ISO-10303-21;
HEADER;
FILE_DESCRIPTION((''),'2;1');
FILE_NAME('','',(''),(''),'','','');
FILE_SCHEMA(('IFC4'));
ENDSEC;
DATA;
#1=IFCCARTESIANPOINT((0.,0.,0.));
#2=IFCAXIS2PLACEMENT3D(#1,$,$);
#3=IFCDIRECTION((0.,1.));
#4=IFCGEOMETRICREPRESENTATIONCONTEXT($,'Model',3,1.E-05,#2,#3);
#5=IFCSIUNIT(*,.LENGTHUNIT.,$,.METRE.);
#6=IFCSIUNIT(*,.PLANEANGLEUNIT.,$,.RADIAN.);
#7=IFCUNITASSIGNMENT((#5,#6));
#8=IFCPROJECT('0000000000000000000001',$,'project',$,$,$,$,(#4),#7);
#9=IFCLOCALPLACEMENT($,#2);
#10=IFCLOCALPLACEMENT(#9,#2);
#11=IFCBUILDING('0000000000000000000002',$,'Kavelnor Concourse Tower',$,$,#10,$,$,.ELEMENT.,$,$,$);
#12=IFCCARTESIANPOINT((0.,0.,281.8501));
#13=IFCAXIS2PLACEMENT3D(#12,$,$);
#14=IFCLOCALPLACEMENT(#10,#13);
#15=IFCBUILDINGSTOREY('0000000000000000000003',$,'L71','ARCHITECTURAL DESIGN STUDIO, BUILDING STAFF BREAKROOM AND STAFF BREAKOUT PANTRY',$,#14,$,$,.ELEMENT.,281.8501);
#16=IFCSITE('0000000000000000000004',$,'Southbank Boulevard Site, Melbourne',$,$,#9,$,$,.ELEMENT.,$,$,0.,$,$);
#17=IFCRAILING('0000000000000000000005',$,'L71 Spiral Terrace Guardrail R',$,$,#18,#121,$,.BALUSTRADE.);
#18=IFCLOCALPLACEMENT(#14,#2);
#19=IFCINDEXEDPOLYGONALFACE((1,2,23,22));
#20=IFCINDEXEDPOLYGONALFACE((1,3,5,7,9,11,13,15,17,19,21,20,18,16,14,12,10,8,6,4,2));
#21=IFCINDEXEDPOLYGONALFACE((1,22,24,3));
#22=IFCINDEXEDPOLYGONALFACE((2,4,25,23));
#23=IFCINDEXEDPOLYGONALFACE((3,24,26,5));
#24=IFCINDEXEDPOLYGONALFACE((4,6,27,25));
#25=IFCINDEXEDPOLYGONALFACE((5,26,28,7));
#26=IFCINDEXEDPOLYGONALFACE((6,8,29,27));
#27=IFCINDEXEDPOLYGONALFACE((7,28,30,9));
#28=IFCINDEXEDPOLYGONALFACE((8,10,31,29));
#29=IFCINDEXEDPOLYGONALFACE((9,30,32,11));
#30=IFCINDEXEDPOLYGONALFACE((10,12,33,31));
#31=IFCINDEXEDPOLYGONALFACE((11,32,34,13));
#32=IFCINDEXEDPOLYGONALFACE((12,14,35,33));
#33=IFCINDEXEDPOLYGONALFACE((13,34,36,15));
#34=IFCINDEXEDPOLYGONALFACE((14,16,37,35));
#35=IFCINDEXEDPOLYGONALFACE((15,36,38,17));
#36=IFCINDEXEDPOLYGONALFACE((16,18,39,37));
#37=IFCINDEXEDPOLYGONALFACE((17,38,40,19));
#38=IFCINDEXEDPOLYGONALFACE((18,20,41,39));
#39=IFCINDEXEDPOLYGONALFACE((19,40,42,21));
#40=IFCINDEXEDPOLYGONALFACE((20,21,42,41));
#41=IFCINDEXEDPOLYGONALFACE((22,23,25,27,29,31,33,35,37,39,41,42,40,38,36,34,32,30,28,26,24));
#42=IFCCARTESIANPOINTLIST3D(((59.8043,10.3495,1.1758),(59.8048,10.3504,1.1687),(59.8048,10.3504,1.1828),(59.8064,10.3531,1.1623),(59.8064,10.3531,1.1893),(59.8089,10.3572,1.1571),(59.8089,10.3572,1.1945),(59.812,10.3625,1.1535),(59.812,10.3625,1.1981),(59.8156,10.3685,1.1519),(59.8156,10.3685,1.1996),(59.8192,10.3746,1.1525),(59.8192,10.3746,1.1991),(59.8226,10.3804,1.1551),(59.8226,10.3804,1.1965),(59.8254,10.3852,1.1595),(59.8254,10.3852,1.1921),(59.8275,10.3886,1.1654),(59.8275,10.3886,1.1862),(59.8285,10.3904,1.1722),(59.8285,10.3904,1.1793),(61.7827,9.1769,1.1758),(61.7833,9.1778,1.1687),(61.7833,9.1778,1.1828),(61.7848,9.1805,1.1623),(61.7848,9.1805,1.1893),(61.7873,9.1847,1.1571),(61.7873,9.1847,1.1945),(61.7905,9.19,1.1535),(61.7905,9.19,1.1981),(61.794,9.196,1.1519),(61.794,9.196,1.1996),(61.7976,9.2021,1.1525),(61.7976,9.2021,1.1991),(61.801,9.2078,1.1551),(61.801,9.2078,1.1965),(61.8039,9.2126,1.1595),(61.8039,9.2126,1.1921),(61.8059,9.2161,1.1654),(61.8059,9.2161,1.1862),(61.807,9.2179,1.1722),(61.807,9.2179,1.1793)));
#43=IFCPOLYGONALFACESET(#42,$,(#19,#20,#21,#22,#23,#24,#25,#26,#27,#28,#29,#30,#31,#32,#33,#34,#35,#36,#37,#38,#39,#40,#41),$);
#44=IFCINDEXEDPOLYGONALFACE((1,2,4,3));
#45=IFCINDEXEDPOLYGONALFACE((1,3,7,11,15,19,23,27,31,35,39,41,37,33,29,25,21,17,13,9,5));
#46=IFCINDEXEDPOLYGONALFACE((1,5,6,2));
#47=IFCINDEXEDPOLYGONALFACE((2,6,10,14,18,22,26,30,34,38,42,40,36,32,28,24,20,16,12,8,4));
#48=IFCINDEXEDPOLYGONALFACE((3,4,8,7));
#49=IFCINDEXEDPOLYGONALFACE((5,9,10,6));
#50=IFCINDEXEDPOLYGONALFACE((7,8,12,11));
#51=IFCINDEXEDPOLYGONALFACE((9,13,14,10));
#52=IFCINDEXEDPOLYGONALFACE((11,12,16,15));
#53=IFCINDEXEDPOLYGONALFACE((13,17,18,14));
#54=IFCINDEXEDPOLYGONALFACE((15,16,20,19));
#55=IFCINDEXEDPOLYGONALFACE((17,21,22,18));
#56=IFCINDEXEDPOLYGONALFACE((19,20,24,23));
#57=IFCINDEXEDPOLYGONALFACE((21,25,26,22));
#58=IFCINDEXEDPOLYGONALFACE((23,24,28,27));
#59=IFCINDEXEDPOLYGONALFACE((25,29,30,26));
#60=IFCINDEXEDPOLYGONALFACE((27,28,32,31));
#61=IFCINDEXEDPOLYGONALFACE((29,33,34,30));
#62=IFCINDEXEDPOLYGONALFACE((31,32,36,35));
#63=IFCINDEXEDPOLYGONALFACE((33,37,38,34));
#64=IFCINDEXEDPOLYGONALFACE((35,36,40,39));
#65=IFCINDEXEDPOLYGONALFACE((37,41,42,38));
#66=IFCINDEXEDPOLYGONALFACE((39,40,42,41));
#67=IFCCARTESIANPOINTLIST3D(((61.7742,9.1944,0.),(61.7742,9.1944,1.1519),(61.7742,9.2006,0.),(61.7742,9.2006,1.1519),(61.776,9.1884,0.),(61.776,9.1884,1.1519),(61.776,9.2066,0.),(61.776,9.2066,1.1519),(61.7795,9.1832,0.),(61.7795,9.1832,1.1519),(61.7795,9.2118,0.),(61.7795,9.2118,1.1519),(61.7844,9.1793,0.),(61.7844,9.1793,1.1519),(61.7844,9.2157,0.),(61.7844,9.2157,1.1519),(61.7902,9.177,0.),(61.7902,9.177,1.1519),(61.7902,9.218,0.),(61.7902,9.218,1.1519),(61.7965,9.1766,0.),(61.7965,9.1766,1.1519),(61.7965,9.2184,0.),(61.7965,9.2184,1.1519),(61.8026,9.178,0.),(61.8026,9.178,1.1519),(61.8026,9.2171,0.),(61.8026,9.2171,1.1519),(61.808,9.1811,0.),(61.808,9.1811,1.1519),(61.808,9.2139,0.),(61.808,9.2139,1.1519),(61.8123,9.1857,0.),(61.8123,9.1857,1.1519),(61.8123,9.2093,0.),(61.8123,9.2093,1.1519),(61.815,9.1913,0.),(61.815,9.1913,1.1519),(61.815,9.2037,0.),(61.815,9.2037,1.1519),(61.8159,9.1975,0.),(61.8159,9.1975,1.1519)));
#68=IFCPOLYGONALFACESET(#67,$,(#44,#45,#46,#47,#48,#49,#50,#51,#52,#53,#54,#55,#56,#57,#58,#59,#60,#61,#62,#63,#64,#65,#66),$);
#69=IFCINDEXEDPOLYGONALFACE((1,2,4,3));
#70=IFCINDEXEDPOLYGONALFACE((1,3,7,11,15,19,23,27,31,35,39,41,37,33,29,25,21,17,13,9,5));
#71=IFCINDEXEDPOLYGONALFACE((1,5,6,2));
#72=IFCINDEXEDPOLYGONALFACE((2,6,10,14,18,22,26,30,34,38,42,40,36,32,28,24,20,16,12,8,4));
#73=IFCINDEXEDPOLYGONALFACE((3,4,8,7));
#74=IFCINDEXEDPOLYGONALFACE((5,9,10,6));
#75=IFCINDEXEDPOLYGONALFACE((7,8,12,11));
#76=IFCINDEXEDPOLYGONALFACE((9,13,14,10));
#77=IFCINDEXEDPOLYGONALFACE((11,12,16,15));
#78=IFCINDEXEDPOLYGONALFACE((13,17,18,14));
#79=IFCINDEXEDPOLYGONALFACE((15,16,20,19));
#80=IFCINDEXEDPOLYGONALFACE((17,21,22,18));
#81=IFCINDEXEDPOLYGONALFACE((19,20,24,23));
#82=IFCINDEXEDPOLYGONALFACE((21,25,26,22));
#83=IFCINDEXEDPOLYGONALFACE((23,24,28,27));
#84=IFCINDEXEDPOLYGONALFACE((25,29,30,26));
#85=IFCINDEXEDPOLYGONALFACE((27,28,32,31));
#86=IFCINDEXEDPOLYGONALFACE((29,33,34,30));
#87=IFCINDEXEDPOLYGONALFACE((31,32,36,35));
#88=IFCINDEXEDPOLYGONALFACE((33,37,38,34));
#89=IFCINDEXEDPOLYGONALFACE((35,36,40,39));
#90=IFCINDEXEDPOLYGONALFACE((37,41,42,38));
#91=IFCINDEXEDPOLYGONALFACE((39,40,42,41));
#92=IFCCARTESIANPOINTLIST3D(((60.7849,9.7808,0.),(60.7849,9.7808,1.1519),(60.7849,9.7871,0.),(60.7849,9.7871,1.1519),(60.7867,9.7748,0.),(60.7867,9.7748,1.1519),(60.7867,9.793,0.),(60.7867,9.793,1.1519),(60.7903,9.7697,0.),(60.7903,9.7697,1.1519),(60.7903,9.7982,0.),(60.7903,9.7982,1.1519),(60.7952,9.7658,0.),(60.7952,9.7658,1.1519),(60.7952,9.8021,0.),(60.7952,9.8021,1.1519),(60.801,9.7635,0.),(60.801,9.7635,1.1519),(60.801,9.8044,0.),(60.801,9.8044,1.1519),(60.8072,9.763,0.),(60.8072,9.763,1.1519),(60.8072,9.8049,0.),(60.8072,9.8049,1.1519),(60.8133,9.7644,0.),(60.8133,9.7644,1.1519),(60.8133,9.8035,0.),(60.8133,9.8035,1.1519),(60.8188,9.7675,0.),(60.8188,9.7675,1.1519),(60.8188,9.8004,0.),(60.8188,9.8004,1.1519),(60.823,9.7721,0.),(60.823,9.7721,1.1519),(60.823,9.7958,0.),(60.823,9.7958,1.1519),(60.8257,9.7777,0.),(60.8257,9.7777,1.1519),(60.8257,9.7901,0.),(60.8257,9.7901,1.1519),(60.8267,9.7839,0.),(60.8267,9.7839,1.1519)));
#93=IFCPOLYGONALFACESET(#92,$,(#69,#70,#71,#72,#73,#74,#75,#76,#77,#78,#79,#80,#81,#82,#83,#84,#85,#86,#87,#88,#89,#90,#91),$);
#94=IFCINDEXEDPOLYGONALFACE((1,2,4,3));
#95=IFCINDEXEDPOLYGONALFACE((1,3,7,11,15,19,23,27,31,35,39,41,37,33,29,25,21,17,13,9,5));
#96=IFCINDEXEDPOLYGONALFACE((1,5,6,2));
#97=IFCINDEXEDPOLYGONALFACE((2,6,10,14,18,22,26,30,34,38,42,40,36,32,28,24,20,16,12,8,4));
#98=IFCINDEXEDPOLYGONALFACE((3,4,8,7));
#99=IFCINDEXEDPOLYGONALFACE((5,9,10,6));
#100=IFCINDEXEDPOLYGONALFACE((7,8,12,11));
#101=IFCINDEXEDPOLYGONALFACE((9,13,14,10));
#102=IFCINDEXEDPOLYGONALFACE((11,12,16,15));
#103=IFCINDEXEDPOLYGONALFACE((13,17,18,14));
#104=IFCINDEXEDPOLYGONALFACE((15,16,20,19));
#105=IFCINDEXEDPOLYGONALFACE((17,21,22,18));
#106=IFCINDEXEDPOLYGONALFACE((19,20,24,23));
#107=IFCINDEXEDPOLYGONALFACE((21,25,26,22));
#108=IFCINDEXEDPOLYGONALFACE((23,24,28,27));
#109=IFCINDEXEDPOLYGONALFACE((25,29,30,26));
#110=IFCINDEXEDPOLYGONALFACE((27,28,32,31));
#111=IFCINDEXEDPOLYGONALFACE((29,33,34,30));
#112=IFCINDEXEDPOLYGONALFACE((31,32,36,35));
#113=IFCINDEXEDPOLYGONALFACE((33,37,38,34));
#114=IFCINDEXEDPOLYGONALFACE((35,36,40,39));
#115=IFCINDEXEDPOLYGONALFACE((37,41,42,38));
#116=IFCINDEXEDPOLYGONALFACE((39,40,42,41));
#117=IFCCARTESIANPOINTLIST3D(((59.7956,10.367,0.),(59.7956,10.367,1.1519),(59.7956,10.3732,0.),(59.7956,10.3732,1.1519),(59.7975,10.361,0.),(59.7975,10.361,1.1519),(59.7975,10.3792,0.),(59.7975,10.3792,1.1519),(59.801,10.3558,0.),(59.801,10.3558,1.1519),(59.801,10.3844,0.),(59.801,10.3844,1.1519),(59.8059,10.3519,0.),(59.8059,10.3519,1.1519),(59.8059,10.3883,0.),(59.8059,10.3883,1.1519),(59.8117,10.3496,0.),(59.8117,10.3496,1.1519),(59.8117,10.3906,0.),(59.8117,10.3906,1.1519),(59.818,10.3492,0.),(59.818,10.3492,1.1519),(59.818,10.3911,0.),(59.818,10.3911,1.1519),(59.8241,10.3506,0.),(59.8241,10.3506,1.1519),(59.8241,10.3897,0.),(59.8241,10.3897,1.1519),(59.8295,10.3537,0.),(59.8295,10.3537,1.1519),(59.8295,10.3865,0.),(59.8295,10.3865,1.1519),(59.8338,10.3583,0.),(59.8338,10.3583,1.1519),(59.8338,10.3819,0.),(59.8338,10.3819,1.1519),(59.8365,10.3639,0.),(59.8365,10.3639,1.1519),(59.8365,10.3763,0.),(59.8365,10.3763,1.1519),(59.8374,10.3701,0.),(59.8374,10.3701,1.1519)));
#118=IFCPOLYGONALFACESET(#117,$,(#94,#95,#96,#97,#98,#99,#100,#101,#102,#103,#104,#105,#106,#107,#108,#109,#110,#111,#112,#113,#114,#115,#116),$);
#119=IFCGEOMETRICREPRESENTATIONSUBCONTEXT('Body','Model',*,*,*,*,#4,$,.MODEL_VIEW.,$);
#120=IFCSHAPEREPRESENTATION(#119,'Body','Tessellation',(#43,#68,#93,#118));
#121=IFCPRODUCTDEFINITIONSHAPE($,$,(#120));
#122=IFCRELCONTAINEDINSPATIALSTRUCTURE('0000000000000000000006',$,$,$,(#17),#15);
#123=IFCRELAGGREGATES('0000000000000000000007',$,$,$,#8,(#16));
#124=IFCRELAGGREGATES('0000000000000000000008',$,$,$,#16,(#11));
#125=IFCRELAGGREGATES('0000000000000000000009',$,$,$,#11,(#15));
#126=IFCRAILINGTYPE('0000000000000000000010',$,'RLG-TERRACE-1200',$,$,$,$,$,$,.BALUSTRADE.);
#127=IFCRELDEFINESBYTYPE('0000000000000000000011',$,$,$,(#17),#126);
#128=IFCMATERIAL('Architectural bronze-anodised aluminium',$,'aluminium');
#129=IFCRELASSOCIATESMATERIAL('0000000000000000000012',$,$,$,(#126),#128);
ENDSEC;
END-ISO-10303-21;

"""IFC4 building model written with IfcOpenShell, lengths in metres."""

from ifc_helpers import new_model, si_unit, direction, frame, origin, origin_2d, place, context, subcontext, project, spatial, circle, extrude, material, type_object, element, save


model = new_model("IFC4")

# Units and contexts
model_context = context("Model", 3, precision=1e-05, world=origin(), true_north=direction((0.0, 1.0)))
body_context = subcontext(model_context, "Body", "Model", "MODEL_VIEW")
ifc_project = project(units=[si_unit("LENGTHUNIT", "METRE"), si_unit("PLANEANGLEUNIT", "RADIAN")], contexts=[model_context])

# Site, building, storey
site_placement = place(None, origin())
site = spatial("IfcSite", under=ifc_project, at=site_placement, Name="Southbank Boulevard Site, Melbourne", CompositionType="ELEMENT", RefElevation=0.0)
building_placement = place(site_placement, origin())
building = spatial("IfcBuilding", under=site, at=building_placement, Name="Kavelnor Concourse Tower", CompositionType="ELEMENT")
storey_placement = place(building_placement, frame((0.0, 0.0, 281.8501)))
storey = spatial("IfcBuildingStorey", under=building, at=storey_placement, Name="L71", Description="ARCHITECTURAL DESIGN STUDIO, BUILDING STAFF BREAKROOM AND STAFF BREAKOUT PANTRY", CompositionType="ELEMENT", Elevation=281.8501)

# Railing
ifc_material_1 = material(Name="Architectural bronze-anodised aluminium", Category="aluminium")
railing_type = type_object("IfcRailingType", Name="RLG-TERRACE-1200", PredefinedType="BALUSTRADE", material=ifc_material_1)
railing_1_placement = place(storey_placement, frame((61.7949, 9.1975, 0.0)))
element("IfcRailing", 1, at=railing_1_placement, inside=storey, type_object=railing_type, Name="L71 Spiral Terrace Guardrail R", PredefinedType="BALUSTRADE", context=body_context, shape_type="SweptSolid", body=[
    extrude(circle(Radius=0.0239, at=origin_2d()), frame((0.0, 0.0, 1.1758), z_axis=(-0.860262, 0.509852, 0.0), x_axis=(-0.509852, -0.860262, 0.0)), (0.0, 0.0, 1.0), 2.2998),
    extrude(circle(Radius=0.021, at=origin_2d()), origin(), (0.0, 0.0, 1.0), 1.1519),
    extrude(circle(Radius=0.021, at=origin_2d()), frame((-0.9893, 0.5864, 0.0)), (0.0, 0.0, 1.0), 1.1519),
    extrude(circle(Radius=0.021, at=origin_2d()), frame((-1.9785, 1.1726, 0.0)), (0.0, 0.0, 1.0), 1.1519),
])

save(model, "model.ifc")
